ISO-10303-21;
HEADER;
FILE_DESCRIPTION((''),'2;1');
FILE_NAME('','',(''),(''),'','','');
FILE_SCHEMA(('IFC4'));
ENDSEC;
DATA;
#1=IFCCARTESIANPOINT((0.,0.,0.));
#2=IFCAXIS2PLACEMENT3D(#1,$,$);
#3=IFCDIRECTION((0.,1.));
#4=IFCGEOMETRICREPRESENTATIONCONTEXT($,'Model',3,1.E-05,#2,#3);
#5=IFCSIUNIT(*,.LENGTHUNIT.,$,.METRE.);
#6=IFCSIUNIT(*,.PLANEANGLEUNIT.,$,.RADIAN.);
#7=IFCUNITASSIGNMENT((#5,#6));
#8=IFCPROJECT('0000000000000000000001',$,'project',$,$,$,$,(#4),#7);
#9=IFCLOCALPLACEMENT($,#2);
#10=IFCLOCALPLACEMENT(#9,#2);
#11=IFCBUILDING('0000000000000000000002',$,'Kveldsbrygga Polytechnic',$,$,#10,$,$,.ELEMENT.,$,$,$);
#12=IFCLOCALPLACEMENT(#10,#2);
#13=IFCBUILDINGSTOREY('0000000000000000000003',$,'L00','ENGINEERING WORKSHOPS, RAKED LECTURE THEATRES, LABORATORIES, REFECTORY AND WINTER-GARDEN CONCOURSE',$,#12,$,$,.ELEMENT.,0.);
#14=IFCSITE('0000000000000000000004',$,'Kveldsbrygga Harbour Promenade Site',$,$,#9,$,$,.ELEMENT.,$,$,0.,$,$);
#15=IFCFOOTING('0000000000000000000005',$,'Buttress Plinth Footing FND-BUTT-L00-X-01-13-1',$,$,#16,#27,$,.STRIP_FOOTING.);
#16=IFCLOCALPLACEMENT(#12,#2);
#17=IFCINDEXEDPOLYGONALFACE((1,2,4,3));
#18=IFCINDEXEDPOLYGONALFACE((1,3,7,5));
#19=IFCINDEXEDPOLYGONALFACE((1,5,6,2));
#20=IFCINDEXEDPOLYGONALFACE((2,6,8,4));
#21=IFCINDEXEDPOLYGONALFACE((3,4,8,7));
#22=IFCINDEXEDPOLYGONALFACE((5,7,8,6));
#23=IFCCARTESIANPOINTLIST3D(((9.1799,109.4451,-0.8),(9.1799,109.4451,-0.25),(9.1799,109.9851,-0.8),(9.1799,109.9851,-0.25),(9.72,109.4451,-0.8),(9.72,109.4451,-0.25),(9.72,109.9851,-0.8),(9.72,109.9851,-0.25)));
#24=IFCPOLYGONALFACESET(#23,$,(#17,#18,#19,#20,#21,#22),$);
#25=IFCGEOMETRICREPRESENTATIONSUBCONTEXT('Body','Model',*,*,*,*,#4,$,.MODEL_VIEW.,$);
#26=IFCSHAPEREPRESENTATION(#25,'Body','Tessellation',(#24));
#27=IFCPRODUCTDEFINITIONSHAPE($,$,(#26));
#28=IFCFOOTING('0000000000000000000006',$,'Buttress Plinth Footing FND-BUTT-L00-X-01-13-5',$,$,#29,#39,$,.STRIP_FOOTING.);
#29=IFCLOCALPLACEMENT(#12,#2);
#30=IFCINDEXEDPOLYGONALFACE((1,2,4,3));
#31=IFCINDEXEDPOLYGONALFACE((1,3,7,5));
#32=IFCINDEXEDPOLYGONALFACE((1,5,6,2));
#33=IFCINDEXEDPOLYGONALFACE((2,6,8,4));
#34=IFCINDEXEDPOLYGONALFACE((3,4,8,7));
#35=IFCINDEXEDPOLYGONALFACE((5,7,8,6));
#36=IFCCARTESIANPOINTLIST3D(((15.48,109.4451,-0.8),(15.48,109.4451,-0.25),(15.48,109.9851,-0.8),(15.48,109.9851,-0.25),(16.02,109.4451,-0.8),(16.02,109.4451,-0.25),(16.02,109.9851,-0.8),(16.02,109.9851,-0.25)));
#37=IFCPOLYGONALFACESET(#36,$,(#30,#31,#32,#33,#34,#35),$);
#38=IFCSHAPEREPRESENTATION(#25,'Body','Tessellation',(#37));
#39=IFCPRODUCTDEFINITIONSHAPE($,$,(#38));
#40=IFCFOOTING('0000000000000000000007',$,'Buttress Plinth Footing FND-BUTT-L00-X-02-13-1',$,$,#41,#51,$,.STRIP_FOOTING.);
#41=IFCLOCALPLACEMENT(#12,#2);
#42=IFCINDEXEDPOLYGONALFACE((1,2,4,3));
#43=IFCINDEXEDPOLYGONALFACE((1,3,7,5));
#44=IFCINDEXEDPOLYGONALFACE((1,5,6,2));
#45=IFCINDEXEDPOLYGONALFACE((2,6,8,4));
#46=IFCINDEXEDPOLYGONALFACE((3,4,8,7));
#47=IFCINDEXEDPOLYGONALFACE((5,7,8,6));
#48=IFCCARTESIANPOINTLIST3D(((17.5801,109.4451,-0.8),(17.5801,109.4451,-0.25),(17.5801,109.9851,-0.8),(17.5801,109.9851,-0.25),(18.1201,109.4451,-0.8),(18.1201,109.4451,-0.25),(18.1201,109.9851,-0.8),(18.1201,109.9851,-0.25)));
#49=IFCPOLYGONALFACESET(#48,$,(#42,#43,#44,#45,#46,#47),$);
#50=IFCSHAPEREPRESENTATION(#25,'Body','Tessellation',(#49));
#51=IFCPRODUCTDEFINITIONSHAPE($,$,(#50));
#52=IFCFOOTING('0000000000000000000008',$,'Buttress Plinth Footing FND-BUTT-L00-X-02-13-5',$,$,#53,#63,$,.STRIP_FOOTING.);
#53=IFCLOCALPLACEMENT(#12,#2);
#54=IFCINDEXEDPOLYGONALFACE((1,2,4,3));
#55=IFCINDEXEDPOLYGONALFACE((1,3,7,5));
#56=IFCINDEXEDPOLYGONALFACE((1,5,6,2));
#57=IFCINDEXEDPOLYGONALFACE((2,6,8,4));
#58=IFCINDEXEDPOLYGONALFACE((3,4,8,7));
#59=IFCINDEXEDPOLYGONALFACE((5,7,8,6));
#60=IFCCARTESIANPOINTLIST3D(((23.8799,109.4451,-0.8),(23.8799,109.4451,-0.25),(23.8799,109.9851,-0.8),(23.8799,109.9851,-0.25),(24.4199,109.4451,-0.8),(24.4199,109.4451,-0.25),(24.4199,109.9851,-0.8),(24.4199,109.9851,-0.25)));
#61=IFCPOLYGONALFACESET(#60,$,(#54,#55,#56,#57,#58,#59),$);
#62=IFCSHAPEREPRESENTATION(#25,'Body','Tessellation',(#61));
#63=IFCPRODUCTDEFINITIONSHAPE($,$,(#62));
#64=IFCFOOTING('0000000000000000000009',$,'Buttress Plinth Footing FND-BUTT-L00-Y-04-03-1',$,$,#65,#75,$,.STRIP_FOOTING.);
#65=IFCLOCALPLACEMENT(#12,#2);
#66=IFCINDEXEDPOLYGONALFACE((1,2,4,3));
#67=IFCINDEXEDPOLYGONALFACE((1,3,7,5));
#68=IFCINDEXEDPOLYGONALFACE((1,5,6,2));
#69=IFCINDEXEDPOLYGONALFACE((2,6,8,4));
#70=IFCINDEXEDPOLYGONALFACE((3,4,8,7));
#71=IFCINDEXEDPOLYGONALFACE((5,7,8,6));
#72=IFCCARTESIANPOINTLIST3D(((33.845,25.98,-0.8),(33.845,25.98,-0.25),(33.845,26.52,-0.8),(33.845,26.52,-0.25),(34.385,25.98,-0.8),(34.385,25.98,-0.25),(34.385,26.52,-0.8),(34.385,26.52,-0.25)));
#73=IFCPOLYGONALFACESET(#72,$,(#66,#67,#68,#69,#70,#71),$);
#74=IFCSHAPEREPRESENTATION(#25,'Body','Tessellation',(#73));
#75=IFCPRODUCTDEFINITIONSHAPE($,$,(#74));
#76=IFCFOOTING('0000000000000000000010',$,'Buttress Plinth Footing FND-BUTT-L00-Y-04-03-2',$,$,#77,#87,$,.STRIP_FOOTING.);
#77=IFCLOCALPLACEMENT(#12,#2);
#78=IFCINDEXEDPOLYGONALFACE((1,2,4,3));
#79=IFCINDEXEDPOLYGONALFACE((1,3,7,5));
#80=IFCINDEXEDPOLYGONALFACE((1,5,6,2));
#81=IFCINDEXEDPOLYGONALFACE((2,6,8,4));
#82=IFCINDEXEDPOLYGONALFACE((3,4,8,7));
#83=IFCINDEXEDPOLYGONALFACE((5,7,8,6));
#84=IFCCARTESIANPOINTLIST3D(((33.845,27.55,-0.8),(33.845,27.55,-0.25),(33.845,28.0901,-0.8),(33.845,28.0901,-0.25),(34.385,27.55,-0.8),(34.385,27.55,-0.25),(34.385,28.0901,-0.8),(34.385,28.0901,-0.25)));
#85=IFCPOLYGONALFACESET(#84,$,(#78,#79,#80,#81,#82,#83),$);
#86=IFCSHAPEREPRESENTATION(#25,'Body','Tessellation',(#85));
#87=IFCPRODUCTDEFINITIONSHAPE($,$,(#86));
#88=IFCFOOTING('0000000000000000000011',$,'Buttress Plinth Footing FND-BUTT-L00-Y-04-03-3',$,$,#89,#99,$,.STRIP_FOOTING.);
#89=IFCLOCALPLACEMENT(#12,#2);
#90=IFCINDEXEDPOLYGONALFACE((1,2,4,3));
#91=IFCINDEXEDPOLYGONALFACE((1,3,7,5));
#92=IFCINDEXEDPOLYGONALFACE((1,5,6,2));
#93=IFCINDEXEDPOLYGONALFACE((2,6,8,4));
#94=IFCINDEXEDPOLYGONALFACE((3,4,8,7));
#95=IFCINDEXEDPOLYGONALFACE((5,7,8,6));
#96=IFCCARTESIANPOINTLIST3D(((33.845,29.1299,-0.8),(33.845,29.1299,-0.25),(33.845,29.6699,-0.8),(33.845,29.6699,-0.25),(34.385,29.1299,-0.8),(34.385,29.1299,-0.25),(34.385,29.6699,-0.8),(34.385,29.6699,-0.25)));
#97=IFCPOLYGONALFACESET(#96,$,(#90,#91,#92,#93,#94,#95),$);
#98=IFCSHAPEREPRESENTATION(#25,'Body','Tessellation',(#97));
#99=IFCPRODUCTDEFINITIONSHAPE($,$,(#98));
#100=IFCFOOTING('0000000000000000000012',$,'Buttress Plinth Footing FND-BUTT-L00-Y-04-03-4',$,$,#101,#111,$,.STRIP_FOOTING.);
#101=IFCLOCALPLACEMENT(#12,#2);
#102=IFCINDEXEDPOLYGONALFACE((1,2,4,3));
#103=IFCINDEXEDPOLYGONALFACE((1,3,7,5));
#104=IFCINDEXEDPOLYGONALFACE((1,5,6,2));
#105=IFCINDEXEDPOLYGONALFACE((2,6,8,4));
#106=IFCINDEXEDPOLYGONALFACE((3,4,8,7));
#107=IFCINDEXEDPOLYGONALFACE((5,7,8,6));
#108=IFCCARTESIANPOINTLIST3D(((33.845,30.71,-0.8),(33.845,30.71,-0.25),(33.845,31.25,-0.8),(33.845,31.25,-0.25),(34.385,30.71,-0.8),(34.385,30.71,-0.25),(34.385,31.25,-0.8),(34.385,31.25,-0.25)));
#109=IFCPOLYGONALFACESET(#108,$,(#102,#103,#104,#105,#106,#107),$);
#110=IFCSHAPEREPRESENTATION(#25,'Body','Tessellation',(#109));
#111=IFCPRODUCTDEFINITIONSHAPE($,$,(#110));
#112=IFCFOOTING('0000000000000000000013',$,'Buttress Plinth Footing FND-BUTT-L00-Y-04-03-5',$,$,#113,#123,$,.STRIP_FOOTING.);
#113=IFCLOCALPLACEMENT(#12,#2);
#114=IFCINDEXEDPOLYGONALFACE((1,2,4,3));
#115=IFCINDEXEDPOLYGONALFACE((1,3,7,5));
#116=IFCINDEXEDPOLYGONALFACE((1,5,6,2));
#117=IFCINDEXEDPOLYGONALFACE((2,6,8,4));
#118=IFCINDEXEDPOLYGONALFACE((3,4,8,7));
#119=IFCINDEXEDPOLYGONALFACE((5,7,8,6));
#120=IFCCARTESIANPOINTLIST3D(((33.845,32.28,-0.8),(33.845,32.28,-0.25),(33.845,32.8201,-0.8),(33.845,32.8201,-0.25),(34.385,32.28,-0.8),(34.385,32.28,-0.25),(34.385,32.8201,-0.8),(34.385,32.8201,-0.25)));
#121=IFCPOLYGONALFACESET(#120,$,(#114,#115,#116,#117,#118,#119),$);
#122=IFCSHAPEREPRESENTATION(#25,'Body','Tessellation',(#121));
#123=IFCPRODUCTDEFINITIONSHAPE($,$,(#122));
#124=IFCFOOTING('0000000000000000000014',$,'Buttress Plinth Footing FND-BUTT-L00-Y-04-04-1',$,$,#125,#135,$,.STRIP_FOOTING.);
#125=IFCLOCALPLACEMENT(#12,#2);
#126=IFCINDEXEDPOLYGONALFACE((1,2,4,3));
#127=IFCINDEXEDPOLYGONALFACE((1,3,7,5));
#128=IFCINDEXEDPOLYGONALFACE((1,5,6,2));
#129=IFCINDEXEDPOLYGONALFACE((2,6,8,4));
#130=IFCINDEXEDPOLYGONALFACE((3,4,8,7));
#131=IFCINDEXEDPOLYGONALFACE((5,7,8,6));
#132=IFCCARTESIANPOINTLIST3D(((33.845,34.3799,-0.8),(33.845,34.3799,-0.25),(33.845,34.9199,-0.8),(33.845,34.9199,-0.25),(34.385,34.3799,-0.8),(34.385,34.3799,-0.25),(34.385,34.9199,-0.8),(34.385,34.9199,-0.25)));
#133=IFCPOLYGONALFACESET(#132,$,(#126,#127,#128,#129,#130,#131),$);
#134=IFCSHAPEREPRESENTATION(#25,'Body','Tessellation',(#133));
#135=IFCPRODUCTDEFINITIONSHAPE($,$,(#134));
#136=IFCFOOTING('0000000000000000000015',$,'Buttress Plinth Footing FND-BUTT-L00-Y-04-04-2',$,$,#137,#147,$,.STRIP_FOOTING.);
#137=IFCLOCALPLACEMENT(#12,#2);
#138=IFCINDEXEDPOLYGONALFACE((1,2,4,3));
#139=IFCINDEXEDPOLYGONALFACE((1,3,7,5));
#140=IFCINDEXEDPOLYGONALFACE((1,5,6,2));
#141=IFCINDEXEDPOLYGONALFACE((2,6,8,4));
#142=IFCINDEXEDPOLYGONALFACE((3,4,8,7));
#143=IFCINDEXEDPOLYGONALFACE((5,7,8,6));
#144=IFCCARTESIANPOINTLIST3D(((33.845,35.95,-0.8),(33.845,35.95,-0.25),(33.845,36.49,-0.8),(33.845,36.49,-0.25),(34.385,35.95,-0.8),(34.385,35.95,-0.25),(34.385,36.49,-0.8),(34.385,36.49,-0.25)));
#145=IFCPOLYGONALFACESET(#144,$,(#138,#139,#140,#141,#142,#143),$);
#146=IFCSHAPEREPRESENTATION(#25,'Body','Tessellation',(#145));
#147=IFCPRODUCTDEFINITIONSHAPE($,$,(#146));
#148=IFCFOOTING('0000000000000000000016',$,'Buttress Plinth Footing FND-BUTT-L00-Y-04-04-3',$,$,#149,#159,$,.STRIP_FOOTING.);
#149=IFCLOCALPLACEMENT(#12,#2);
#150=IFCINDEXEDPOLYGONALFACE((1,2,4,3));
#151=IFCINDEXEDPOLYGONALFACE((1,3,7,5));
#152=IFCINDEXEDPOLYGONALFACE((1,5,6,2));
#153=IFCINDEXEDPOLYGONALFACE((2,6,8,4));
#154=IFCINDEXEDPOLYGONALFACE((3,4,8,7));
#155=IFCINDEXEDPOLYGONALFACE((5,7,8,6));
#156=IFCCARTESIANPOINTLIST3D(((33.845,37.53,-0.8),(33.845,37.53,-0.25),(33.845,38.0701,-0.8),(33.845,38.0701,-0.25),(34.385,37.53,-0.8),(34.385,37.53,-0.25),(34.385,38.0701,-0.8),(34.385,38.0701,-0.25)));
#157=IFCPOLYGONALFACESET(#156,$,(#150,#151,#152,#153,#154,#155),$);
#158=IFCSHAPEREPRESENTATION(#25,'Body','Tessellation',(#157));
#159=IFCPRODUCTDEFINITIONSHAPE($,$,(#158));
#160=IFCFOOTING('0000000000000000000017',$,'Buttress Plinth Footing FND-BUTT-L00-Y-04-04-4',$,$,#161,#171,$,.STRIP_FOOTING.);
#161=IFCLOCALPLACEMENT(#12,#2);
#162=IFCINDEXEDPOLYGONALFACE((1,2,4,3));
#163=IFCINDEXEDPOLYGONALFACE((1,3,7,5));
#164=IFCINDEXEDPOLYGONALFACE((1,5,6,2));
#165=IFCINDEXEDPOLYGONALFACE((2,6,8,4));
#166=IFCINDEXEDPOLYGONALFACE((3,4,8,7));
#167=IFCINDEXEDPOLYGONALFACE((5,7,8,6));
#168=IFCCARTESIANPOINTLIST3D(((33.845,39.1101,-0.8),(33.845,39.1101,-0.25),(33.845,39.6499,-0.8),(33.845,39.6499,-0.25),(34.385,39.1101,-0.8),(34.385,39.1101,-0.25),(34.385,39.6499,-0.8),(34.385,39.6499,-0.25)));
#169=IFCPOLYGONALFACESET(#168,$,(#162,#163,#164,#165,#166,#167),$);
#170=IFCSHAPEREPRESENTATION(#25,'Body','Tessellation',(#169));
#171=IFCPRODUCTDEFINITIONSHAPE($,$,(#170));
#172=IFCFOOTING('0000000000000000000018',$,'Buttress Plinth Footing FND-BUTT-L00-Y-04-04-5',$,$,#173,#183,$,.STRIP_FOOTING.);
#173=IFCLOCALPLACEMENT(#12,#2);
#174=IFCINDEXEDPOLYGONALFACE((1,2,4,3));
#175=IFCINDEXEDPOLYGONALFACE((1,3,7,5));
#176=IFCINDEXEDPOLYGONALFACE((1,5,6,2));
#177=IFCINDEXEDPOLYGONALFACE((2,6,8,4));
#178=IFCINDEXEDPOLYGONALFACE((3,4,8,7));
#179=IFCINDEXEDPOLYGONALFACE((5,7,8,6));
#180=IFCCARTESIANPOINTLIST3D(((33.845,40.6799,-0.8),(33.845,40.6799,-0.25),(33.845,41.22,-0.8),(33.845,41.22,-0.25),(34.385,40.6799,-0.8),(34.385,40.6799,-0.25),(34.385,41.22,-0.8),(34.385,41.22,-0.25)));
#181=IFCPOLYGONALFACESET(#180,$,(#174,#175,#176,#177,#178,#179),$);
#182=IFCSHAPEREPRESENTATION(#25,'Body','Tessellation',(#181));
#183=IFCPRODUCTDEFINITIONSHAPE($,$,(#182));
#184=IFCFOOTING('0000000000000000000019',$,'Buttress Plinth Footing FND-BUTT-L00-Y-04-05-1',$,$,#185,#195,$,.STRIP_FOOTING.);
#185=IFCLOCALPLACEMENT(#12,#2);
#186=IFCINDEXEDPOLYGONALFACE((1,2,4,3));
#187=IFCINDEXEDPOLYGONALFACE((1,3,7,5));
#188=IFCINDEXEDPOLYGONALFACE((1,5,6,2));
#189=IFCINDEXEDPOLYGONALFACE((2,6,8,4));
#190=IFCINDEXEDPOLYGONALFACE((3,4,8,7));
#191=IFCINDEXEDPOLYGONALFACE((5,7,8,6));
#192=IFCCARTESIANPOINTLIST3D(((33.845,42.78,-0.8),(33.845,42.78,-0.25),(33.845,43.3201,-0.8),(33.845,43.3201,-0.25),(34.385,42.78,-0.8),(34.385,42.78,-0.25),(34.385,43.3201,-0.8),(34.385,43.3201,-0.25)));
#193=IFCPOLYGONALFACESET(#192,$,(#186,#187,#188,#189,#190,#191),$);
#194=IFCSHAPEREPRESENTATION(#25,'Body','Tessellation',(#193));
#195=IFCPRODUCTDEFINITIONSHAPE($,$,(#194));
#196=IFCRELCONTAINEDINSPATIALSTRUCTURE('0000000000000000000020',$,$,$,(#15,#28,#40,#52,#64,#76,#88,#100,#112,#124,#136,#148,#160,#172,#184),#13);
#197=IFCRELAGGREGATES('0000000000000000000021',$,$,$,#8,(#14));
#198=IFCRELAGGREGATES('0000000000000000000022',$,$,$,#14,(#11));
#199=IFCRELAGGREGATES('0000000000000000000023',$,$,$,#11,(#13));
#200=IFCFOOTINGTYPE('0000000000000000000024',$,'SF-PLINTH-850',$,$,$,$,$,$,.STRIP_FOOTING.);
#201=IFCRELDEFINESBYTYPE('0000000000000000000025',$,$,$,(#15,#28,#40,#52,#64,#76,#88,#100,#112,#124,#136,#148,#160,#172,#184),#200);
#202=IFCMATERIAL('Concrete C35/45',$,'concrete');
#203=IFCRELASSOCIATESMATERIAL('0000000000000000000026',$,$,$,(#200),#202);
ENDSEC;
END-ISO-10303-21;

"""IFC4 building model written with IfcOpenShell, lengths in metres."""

from ifc_helpers import new_model, si_unit, direction, frame, origin, place, context, subcontext, project, spatial, polyline, outline, extrude, material, type_object, element, save


model = new_model("IFC4")

# Units and contexts
model_context = context("Model", 3, precision=1e-05, world=origin(), true_north=direction((0.0, 1.0)))
body_context = subcontext(model_context, "Body", "Model", "MODEL_VIEW")
ifc_project = project(units=[si_unit("LENGTHUNIT", "METRE"), si_unit("PLANEANGLEUNIT", "RADIAN")], contexts=[model_context])

# Site, building, storey
site_placement = place(None, origin())
site = spatial("IfcSite", under=ifc_project, at=site_placement, Name="Kveldsbrygga Harbour Promenade Site", CompositionType="ELEMENT", RefElevation=0.0)
building_placement = place(site_placement, origin())
building = spatial("IfcBuilding", under=site, at=building_placement, Name="Kveldsbrygga Polytechnic", CompositionType="ELEMENT")
storey_placement = place(building_placement, origin())
storey = spatial("IfcBuildingStorey", under=building, at=storey_placement, Name="L00", Description="ENGINEERING WORKSHOPS, RAKED LECTURE THEATRES, LABORATORIES, REFECTORY AND WINTER-GARDEN CONCOURSE", CompositionType="ELEMENT", Elevation=0.0)

# Footings
ifc_material = material(Name="Concrete C35/45", Category="concrete")
footing_type = type_object("IfcFootingType", Name="SF-PLINTH-850", PredefinedType="STRIP_FOOTING", material=ifc_material)
footing_1_placement = place(storey_placement, frame((0.0, 0.0, -0.8)))
element("IfcFooting", 1, at=footing_1_placement, inside=storey, type_object=footing_type, Name="Buttress Plinth Footing FND-BUTT-L00-X-01-13-1", PredefinedType="STRIP_FOOTING", context=body_context, shape_type="SweptSolid", body=[
    extrude(outline(polyline([(9.1799, 109.4451), (9.72, 109.4451), (9.72, 109.9851), (9.1799, 109.9851), (9.1799, 109.4451)])), origin(), (0.0, 0.0, 1.0), 0.55),
])
footing_2_placement = place(storey_placement, frame((0.0, 0.0, -0.8)))
element("IfcFooting", 2, at=footing_2_placement, inside=storey, type_object=footing_type, Name="Buttress Plinth Footing FND-BUTT-L00-X-01-13-5", PredefinedType="STRIP_FOOTING", context=body_context, shape_type="SweptSolid", body=[
    extrude(outline(polyline([(15.48, 109.4451), (16.02, 109.4451), (16.02, 109.9851), (15.48, 109.9851), (15.48, 109.4451)])), origin(), (0.0, 0.0, 1.0), 0.55),
])
footing_3_placement = place(storey_placement, frame((0.0, 0.0, -0.8)))
element("IfcFooting", 3, at=footing_3_placement, inside=storey, type_object=footing_type, Name="Buttress Plinth Footing FND-BUTT-L00-X-02-13-1", PredefinedType="STRIP_FOOTING", context=body_context, shape_type="SweptSolid", body=[
    extrude(outline(polyline([(17.5801, 109.4451), (18.1201, 109.4451), (18.1201, 109.9851), (17.5801, 109.9851), (17.5801, 109.4451)])), origin(), (0.0, 0.0, 1.0), 0.55),
])
footing_4_placement = place(storey_placement, frame((0.0, 0.0, -0.8)))
element("IfcFooting", 4, at=footing_4_placement, inside=storey, type_object=footing_type, Name="Buttress Plinth Footing FND-BUTT-L00-X-02-13-5", PredefinedType="STRIP_FOOTING", context=body_context, shape_type="SweptSolid", body=[
    extrude(outline(polyline([(23.8799, 109.4451), (24.4199, 109.4451), (24.4199, 109.9851), (23.8799, 109.9851), (23.8799, 109.4451)])), origin(), (0.0, 0.0, 1.0), 0.55),
])
footing_5_placement = place(storey_placement, frame((0.0, 0.0, -0.8)))
element("IfcFooting", 5, at=footing_5_placement, inside=storey, type_object=footing_type, Name="Buttress Plinth Footing FND-BUTT-L00-Y-04-03-1", PredefinedType="STRIP_FOOTING", context=body_context, shape_type="SweptSolid", body=[
    extrude(outline(polyline([(33.845, 25.98), (34.385, 25.98), (34.385, 26.52), (33.845, 26.52), (33.845, 25.98)])), origin(), (0.0, 0.0, 1.0), 0.55),
])
footing_6_placement = place(storey_placement, frame((0.0, 0.0, -0.8)))
element("IfcFooting", 6, at=footing_6_placement, inside=storey, type_object=footing_type, Name="Buttress Plinth Footing FND-BUTT-L00-Y-04-03-2", PredefinedType="STRIP_FOOTING", context=body_context, shape_type="SweptSolid", body=[
    extrude(outline(polyline([(33.845, 27.55), (34.385, 27.55), (34.385, 28.0901), (33.845, 28.0901), (33.845, 27.55)])), origin(), (0.0, 0.0, 1.0), 0.55),
])
footing_7_placement = place(storey_placement, frame((0.0, 0.0, -0.8)))
element("IfcFooting", 7, at=footing_7_placement, inside=storey, type_object=footing_type, Name="Buttress Plinth Footing FND-BUTT-L00-Y-04-03-3", PredefinedType="STRIP_FOOTING", context=body_context, shape_type="SweptSolid", body=[
    extrude(outline(polyline([(33.845, 29.1299), (34.385, 29.1299), (34.385, 29.6699), (33.845, 29.6699), (33.845, 29.1299)])), origin(), (0.0, 0.0, 1.0), 0.55),
])
footing_8_placement = place(storey_placement, frame((0.0, 0.0, -0.8)))
element("IfcFooting", 8, at=footing_8_placement, inside=storey, type_object=footing_type, Name="Buttress Plinth Footing FND-BUTT-L00-Y-04-03-4", PredefinedType="STRIP_FOOTING", context=body_context, shape_type="SweptSolid", body=[
    extrude(outline(polyline([(33.845, 30.71), (34.385, 30.71), (34.385, 31.25), (33.845, 31.25), (33.845, 30.71)])), origin(), (0.0, 0.0, 1.0), 0.55),
])
footing_9_placement = place(storey_placement, frame((0.0, 0.0, -0.8)))
element("IfcFooting", 9, at=footing_9_placement, inside=storey, type_object=footing_type, Name="Buttress Plinth Footing FND-BUTT-L00-Y-04-03-5", PredefinedType="STRIP_FOOTING", context=body_context, shape_type="SweptSolid", body=[
    extrude(outline(polyline([(33.845, 32.28), (34.385, 32.28), (34.385, 32.8201), (33.845, 32.8201), (33.845, 32.28)])), origin(), (0.0, 0.0, 1.0), 0.55),
])
footing_10_placement = place(storey_placement, frame((0.0, 0.0, -0.8)))
element("IfcFooting", 10, at=footing_10_placement, inside=storey, type_object=footing_type, Name="Buttress Plinth Footing FND-BUTT-L00-Y-04-04-1", PredefinedType="STRIP_FOOTING", context=body_context, shape_type="SweptSolid", body=[
    extrude(outline(polyline([(33.845, 34.3799), (34.385, 34.3799), (34.385, 34.9199), (33.845, 34.9199), (33.845, 34.3799)])), origin(), (0.0, 0.0, 1.0), 0.55),
])
footing_11_placement = place(storey_placement, frame((0.0, 0.0, -0.8)))
element("IfcFooting", 11, at=footing_11_placement, inside=storey, type_object=footing_type, Name="Buttress Plinth Footing FND-BUTT-L00-Y-04-04-2", PredefinedType="STRIP_FOOTING", context=body_context, shape_type="SweptSolid", body=[
    extrude(outline(polyline([(33.845, 35.95), (34.385, 35.95), (34.385, 36.49), (33.845, 36.49), (33.845, 35.95)])), origin(), (0.0, 0.0, 1.0), 0.55),
])
footing_12_placement = place(storey_placement, frame((0.0, 0.0, -0.8)))
element("IfcFooting", 12, at=footing_12_placement, inside=storey, type_object=footing_type, Name="Buttress Plinth Footing FND-BUTT-L00-Y-04-04-3", PredefinedType="STRIP_FOOTING", context=body_context, shape_type="SweptSolid", body=[
    extrude(outline(polyline([(33.845, 37.53), (34.385, 37.53), (34.385, 38.0701), (33.845, 38.0701), (33.845, 37.53)])), origin(), (0.0, 0.0, 1.0), 0.55),
])
footing_13_placement = place(storey_placement, frame((0.0, 0.0, -0.8)))
element("IfcFooting", 13, at=footing_13_placement, inside=storey, type_object=footing_type, Name="Buttress Plinth Footing FND-BUTT-L00-Y-04-04-4", PredefinedType="STRIP_FOOTING", context=body_context, shape_type="SweptSolid", body=[
    extrude(outline(polyline([(33.845, 39.1101), (34.385, 39.1101), (34.385, 39.6499), (33.845, 39.6499), (33.845, 39.1101)])), origin(), (0.0, 0.0, 1.0), 0.55),
])
footing_14_placement = place(storey_placement, frame((0.0, 0.0, -0.8)))
element("IfcFooting", 14, at=footing_14_placement, inside=storey, type_object=footing_type, Name="Buttress Plinth Footing FND-BUTT-L00-Y-04-04-5", PredefinedType="STRIP_FOOTING", context=body_context, shape_type="SweptSolid", body=[
    extrude(outline(polyline([(33.845, 40.6799), (34.385, 40.6799), (34.385, 41.22), (33.845, 41.22), (33.845, 40.6799)])), origin(), (0.0, 0.0, 1.0), 0.55),
])
footing_15_placement = place(storey_placement, frame((0.0, 0.0, -0.8)))
element("IfcFooting", 15, at=footing_15_placement, inside=storey, type_object=footing_type, Name="Buttress Plinth Footing FND-BUTT-L00-Y-04-05-1", PredefinedType="STRIP_FOOTING", context=body_context, shape_type="SweptSolid", body=[
    extrude(outline(polyline([(33.845, 42.78), (34.385, 42.78), (34.385, 43.3201), (33.845, 43.3201), (33.845, 42.78)])), origin(), (0.0, 0.0, 1.0), 0.55),
])

save(model, "model.ifc")
